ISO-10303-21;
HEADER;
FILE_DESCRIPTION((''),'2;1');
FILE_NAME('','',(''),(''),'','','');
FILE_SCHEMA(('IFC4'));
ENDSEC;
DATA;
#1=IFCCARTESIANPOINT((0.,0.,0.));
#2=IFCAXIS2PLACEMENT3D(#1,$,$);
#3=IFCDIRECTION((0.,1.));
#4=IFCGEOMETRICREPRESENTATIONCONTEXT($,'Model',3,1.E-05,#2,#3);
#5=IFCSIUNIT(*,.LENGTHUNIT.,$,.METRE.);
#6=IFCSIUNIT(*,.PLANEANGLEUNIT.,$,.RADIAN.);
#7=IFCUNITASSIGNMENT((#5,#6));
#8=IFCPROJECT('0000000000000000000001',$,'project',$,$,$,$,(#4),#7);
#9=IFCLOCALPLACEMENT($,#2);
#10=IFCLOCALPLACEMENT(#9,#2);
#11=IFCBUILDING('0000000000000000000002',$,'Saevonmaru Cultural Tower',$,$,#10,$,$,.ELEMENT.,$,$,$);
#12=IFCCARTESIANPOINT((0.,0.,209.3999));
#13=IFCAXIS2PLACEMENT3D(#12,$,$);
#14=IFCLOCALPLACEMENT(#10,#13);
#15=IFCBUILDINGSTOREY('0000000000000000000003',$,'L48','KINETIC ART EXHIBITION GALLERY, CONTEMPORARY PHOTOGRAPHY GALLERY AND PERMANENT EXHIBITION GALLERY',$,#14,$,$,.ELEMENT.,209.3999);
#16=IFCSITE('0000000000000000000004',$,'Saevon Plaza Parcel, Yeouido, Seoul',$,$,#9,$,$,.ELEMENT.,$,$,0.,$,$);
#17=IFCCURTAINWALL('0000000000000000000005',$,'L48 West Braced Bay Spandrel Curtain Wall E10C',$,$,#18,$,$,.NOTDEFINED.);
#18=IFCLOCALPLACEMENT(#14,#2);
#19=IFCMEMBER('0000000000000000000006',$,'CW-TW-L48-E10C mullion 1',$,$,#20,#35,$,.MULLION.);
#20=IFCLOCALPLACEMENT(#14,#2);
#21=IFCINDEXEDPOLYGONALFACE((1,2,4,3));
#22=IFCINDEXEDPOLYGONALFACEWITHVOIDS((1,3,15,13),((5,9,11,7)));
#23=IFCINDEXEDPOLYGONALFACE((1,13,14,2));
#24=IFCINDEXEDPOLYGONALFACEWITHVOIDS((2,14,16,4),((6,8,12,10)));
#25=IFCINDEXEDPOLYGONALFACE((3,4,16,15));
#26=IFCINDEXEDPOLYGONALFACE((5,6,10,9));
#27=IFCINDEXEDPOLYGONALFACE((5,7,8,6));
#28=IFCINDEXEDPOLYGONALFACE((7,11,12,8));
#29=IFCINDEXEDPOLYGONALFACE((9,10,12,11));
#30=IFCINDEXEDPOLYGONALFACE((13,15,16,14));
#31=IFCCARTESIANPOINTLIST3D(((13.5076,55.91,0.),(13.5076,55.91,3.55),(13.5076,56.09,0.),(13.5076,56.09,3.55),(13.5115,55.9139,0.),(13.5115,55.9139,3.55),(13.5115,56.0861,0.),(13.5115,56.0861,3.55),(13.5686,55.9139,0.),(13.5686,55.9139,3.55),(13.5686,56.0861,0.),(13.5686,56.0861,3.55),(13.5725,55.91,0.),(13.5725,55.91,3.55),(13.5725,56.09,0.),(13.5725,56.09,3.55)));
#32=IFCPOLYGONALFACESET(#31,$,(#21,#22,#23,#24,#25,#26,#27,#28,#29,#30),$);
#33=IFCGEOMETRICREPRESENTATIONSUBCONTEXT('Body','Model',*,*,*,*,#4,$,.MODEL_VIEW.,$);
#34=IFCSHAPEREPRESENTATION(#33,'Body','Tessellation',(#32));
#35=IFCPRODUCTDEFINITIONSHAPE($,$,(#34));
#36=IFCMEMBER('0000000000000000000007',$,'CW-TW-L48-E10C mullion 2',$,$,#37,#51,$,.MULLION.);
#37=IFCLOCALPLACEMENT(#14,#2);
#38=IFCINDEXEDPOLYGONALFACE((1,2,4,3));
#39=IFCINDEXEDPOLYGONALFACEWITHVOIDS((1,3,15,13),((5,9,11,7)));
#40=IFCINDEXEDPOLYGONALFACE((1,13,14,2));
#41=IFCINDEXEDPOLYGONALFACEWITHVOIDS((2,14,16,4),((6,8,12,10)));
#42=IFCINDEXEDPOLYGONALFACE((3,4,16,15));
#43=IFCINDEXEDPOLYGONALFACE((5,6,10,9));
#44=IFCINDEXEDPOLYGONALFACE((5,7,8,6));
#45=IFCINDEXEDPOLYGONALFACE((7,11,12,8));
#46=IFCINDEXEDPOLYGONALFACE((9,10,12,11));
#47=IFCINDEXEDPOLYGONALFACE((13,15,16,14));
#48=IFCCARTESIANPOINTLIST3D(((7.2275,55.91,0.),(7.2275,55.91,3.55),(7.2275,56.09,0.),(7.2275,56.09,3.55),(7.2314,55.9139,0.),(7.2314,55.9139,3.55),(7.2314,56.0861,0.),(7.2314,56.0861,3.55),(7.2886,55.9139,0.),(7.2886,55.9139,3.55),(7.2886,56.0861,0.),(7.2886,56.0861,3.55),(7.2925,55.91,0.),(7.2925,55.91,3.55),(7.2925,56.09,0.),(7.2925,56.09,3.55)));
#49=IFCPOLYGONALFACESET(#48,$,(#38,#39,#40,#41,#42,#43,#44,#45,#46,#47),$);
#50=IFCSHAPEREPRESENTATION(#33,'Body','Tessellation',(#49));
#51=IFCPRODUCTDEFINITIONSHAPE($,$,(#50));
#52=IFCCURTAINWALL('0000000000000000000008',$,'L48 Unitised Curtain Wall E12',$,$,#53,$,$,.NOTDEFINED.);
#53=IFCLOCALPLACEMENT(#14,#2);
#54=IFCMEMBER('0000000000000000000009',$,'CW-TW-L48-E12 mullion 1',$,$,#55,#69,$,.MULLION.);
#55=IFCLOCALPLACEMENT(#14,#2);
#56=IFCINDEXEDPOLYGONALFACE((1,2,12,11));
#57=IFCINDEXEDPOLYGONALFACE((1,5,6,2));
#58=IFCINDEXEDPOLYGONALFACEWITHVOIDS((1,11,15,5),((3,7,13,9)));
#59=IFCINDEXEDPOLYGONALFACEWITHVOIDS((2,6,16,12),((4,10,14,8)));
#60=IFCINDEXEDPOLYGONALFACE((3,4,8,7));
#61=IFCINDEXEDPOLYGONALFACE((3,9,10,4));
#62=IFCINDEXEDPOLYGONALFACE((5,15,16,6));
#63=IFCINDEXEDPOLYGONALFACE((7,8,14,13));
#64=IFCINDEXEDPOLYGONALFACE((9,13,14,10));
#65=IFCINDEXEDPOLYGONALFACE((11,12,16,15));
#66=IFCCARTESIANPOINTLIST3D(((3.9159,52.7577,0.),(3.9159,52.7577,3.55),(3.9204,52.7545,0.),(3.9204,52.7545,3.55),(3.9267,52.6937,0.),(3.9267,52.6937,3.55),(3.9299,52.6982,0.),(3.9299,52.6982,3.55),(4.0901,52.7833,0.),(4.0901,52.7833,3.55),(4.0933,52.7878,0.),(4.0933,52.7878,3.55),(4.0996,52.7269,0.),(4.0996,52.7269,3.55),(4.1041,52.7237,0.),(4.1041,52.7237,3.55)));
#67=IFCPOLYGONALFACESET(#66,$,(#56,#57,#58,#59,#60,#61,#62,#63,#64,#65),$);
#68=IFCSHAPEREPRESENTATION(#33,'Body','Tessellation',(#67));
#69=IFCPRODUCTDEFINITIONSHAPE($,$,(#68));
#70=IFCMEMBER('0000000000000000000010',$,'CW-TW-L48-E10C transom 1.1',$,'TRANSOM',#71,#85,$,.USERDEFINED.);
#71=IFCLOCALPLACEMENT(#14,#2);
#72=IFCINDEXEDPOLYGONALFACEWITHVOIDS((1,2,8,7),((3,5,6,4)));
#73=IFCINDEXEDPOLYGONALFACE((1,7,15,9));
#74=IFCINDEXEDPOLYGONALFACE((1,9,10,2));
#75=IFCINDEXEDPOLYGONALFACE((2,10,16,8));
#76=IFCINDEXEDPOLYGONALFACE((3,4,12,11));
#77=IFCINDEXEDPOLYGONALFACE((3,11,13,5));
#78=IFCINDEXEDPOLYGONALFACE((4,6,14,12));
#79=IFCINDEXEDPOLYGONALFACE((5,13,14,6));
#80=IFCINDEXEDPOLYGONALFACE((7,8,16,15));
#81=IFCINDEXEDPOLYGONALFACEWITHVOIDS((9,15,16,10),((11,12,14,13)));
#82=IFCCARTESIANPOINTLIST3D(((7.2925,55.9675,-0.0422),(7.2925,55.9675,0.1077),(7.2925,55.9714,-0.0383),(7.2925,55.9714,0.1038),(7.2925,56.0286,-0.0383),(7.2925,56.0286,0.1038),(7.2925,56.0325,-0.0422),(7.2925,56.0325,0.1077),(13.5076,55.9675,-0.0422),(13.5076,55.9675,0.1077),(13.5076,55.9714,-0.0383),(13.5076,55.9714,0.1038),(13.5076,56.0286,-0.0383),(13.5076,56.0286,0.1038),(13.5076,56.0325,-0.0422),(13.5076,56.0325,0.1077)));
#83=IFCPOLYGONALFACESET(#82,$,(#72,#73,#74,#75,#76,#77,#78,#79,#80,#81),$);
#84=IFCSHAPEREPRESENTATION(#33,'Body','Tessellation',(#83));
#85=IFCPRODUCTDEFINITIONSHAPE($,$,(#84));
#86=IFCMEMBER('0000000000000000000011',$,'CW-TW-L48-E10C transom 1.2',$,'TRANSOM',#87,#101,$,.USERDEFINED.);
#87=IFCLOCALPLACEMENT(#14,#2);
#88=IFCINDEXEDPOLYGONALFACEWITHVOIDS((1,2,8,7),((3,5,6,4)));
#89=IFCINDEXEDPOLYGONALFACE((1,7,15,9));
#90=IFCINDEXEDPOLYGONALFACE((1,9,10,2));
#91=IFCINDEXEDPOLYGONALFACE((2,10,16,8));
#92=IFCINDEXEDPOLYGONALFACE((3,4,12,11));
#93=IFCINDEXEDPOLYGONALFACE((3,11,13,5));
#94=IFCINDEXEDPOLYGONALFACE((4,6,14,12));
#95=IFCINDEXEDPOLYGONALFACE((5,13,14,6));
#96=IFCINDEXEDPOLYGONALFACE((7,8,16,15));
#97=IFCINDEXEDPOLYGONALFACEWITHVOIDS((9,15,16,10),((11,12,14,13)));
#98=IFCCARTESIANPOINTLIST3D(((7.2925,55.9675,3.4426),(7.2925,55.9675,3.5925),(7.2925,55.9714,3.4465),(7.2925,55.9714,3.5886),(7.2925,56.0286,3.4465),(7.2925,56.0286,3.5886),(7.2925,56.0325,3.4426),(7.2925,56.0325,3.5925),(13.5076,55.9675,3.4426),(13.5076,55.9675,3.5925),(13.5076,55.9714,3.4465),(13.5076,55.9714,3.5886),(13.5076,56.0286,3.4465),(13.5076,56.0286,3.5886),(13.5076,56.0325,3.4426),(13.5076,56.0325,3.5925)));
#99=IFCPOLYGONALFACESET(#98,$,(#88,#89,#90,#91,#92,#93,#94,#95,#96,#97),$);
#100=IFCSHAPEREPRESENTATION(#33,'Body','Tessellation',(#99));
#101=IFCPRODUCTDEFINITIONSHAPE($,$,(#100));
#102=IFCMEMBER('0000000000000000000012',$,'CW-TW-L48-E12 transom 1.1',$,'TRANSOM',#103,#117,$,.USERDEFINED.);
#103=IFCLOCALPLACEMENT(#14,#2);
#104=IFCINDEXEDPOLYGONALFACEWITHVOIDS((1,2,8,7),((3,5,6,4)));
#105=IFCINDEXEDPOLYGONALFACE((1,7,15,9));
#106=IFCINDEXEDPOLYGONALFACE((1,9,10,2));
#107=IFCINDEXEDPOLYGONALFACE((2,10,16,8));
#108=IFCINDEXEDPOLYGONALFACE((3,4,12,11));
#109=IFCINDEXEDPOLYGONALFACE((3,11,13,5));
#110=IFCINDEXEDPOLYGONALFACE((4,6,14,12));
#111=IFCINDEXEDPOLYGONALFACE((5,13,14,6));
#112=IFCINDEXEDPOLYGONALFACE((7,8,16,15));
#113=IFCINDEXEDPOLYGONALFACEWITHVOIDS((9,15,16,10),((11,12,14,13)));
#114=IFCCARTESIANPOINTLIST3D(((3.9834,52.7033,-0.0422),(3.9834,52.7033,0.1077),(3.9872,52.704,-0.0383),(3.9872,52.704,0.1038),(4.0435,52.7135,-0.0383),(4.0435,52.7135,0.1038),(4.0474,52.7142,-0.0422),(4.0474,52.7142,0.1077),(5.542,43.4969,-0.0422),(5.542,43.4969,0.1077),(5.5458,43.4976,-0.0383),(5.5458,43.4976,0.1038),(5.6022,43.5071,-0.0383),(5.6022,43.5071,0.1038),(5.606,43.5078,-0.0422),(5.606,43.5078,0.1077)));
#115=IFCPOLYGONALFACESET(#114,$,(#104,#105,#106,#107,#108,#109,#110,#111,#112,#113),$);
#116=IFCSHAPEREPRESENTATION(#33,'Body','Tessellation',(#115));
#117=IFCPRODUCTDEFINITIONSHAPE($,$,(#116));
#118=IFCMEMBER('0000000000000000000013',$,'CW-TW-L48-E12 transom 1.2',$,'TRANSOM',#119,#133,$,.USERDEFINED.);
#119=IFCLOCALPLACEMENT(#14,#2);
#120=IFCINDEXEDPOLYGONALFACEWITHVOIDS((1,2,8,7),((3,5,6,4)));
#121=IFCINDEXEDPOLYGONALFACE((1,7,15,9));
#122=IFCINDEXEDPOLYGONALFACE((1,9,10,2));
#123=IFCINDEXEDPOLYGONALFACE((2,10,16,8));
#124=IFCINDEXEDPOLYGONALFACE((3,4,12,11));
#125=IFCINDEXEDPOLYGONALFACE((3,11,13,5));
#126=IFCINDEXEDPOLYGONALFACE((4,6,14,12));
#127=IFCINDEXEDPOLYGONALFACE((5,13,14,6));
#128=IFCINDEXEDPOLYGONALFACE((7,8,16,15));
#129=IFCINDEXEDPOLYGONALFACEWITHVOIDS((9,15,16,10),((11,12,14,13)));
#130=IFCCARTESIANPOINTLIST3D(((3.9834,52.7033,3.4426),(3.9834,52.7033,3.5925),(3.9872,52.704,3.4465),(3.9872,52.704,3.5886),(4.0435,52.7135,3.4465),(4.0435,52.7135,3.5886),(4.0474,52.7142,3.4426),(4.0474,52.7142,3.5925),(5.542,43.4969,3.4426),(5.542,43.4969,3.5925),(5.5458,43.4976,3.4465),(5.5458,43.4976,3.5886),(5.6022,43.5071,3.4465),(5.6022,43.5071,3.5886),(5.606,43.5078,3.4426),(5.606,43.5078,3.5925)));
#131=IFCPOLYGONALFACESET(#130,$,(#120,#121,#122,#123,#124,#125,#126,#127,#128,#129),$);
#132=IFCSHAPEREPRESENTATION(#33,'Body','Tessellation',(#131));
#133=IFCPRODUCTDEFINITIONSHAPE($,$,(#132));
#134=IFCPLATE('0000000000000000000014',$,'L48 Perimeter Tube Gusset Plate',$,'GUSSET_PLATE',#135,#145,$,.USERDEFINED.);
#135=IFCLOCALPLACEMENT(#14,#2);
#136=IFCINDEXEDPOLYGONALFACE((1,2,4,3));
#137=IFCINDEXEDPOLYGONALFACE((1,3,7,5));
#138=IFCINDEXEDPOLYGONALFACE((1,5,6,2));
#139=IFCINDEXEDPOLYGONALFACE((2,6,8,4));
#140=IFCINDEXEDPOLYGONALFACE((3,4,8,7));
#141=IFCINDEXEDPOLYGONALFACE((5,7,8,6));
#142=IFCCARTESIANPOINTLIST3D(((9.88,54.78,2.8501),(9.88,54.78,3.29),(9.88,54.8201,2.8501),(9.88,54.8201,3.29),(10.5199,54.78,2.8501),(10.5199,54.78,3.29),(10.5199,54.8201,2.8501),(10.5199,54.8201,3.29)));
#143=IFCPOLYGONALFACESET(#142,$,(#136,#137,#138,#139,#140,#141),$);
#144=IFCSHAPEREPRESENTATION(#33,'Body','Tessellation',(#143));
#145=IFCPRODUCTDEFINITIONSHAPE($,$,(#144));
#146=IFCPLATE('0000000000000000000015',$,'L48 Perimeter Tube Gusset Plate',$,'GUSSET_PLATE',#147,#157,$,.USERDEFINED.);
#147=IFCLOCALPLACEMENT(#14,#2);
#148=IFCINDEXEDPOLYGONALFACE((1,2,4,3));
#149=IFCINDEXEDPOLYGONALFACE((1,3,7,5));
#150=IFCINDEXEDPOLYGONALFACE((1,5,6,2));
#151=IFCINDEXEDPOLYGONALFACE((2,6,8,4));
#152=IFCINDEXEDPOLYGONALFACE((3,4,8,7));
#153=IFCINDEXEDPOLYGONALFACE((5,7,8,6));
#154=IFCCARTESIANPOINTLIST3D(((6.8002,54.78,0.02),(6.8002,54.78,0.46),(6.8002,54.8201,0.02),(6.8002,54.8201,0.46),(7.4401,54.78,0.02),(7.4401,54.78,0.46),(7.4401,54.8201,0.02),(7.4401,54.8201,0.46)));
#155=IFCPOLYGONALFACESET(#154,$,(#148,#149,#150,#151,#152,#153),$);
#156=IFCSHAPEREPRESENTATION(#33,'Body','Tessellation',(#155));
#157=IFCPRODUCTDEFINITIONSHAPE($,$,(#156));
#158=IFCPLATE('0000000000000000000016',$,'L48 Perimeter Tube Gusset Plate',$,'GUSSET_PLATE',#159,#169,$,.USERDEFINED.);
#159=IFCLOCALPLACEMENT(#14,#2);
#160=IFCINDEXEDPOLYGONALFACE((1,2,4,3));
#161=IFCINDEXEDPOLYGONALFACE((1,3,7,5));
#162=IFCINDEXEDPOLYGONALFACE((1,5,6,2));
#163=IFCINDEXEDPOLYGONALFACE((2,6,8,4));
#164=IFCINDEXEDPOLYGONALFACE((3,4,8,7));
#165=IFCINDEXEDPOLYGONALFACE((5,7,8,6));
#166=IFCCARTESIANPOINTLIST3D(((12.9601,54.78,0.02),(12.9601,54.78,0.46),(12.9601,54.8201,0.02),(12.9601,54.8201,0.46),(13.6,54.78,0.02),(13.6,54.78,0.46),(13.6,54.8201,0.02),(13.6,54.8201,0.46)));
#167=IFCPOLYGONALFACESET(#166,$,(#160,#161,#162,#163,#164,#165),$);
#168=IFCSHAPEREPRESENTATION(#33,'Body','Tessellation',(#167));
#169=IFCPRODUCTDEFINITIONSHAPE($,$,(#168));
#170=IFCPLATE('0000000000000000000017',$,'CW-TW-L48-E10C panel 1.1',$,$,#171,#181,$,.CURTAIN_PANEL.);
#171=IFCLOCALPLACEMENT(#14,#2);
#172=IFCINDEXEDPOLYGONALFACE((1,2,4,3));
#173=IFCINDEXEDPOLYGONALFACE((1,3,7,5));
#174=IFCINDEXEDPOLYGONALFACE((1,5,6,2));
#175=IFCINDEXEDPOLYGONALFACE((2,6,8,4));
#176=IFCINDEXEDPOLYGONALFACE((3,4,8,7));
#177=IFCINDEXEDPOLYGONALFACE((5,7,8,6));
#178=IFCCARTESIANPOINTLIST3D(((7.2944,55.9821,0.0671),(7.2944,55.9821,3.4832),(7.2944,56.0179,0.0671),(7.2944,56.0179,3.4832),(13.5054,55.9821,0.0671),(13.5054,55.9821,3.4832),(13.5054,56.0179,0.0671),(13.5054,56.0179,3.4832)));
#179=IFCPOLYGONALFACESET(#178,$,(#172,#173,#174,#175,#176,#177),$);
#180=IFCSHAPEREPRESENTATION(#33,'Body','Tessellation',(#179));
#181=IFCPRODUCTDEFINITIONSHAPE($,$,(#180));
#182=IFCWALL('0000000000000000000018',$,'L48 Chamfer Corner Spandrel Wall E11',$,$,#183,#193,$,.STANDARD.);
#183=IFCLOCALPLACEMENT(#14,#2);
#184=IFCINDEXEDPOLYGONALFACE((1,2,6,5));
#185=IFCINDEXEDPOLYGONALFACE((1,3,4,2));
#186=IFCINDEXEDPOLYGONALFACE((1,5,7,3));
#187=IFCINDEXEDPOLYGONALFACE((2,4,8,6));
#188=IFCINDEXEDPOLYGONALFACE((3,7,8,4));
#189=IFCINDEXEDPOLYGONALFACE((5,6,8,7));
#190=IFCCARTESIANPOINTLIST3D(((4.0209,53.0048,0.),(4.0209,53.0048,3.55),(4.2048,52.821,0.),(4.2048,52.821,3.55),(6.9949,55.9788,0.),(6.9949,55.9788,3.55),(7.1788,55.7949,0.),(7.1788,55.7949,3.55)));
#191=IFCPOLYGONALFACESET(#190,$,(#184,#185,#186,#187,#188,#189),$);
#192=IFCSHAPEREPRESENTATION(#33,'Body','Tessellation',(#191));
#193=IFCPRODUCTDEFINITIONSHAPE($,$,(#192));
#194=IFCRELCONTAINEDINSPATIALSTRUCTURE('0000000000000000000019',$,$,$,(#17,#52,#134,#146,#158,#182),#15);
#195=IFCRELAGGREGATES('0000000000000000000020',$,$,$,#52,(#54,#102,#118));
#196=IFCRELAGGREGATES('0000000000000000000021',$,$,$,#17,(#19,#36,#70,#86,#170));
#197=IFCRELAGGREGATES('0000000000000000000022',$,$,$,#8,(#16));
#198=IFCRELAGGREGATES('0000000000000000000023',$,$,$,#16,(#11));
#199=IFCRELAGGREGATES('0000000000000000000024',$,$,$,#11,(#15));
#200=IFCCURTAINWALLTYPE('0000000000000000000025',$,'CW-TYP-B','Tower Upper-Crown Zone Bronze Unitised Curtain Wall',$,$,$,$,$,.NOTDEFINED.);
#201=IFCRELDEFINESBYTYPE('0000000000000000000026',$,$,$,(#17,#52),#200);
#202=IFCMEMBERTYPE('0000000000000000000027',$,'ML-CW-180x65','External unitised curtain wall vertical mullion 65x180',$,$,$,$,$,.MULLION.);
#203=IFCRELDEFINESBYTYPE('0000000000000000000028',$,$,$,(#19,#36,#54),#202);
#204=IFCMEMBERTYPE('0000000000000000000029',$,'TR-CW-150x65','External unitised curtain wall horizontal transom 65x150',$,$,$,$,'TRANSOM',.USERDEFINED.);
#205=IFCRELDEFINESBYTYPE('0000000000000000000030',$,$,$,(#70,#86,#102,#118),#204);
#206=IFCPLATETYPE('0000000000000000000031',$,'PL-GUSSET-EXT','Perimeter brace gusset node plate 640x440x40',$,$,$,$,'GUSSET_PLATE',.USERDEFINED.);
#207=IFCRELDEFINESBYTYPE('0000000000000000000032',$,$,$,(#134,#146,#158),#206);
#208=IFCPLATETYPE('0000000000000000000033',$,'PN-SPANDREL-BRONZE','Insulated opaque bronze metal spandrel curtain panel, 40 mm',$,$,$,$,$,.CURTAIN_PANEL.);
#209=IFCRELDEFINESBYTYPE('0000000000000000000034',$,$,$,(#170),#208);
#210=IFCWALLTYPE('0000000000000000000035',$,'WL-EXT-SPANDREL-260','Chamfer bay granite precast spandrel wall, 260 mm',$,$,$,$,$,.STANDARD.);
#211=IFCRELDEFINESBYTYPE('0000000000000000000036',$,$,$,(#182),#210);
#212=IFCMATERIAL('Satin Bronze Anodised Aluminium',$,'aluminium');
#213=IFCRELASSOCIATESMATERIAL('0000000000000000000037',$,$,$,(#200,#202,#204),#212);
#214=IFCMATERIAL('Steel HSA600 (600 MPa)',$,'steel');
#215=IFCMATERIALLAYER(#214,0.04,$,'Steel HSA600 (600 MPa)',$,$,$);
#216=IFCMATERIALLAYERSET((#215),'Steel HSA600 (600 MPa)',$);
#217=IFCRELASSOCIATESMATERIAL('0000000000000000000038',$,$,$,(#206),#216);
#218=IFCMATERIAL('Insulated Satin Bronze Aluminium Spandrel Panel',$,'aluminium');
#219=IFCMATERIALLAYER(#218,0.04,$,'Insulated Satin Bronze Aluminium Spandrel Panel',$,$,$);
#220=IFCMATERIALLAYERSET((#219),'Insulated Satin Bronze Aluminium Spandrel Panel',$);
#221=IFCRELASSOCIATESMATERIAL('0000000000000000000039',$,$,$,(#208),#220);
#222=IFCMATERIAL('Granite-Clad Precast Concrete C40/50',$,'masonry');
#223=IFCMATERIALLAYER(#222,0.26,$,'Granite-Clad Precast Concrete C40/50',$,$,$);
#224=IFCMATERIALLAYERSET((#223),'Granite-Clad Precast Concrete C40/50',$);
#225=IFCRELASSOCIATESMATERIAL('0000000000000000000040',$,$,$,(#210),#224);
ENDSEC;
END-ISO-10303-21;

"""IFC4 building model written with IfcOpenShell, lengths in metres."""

from ifc_helpers import new_model, si_unit, direction, frame, frame_2d, origin, origin_2d, place, context, subcontext, project, spatial, rectangle, hollow_rectangle, extrude, material, layer, layer_set, material_profile, profile_set, type_object, element, aggregate, save


model = new_model("IFC4")

# Units and contexts
model_context = context("Model", 3, precision=1e-05, world=origin(), true_north=direction((0.0, 1.0)))
body_context = subcontext(model_context, "Body", "Model", "MODEL_VIEW")
ifc_project = project(units=[si_unit("LENGTHUNIT", "METRE"), si_unit("PLANEANGLEUNIT", "RADIAN")], contexts=[model_context])

# Site, building, storey
site_placement = place(None, origin())
site = spatial("IfcSite", under=ifc_project, at=site_placement, Name="Saevon Plaza Parcel, Yeouido, Seoul", CompositionType="ELEMENT", RefElevation=0.0)
building_placement = place(site_placement, origin())
building = spatial("IfcBuilding", under=site, at=building_placement, Name="Saevonmaru Cultural Tower", CompositionType="ELEMENT")
storey_placement = place(building_placement, frame((0.0, 0.0, 209.3999)))
storey = spatial("IfcBuildingStorey", under=building, at=storey_placement, Name="L48", Description="KINETIC ART EXHIBITION GALLERY, CONTEMPORARY PHOTOGRAPHY GALLERY AND PERMANENT EXHIBITION GALLERY", CompositionType="ELEMENT", Elevation=209.3999)

# Curtain wall, members
ifc_material_1 = material(Name="Satin Bronze Anodised Aluminium", Category="aluminium")
curtain_wall_type = type_object("IfcCurtainWallType", Name="CW-TYP-B", Description="Tower Upper-Crown Zone Bronze Unitised Curtain Wall", PredefinedType="NOTDEFINED", material=ifc_material_1)
curtain_wall_1_placement = place(storey_placement, origin())
curtain_wall_1 = element("IfcCurtainWall", 1, at=curtain_wall_1_placement, inside=storey, type_object=curtain_wall_type, Name="L48 West Braced Bay Spandrel Curtain Wall E10C", PredefinedType="NOTDEFINED")
ifc_material_profile_1 = material_profile(ifc_material_1, hollow_rectangle(XDim=0.0649, YDim=0.1799, WallThickness=0.0039, at=origin_2d()), Name="ALU-MULL-180x65x4")
ifc_profile_set_1 = profile_set([ifc_material_profile_1], Name="Satin Bronze Anodised Aluminium")
member_type_1 = type_object("IfcMemberType", Name="ML-CW-180x65", Description="External unitised curtain wall vertical mullion 65x180", PredefinedType="MULLION", material=ifc_profile_set_1)
member_1_placement = place(storey_placement, frame((13.54, 56.0, 0.0), z_axis=(0.0, 0.0, 1.0), x_axis=(-1.0, 0.0, 0.0)))
member_1 = element("IfcMember", 2, at=member_1_placement, type_object=member_type_1, Name="CW-TW-L48-E10C mullion 1", PredefinedType="MULLION", context=body_context, shape_type="SweptSolid", body=[
    extrude(hollow_rectangle(XDim=0.0649, YDim=0.1799, WallThickness=0.0039, at=origin_2d()), origin(), (0.0, 0.0, 1.0), 3.55),
])
member_2_placement = place(storey_placement, frame((7.26, 56.0, 0.0), z_axis=(0.0, 0.0, 1.0), x_axis=(-1.0, 0.0, 0.0)))
member_2 = element("IfcMember", 3, at=member_2_placement, type_object=member_type_1, Name="CW-TW-L48-E10C mullion 2", PredefinedType="MULLION", context=body_context, shape_type="SweptSolid", body=[
    extrude(hollow_rectangle(XDim=0.0649, YDim=0.1799, WallThickness=0.0039, at=origin_2d()), origin(), (0.0, 0.0, 1.0), 3.55),
])

# Curtain wall, member
curtain_wall_2_placement = place(storey_placement, origin())
curtain_wall_2 = element("IfcCurtainWall", 4, at=curtain_wall_2_placement, inside=storey, type_object=curtain_wall_type, Name="L48 Unitised Curtain Wall E12", PredefinedType="NOTDEFINED")
member_3_placement = place(storey_placement, frame((4.01, 52.7407, 0.0), z_axis=(0.0, 0.0, 1.0), x_axis=(0.166922, -0.98597, 0.0)))
member_3 = element("IfcMember", 5, at=member_3_placement, type_object=member_type_1, Name="CW-TW-L48-E12 mullion 1", PredefinedType="MULLION", context=body_context, shape_type="SweptSolid", body=[
    extrude(hollow_rectangle(XDim=0.0649, YDim=0.1799, WallThickness=0.0039, at=origin_2d()), origin(), (0.0, 0.0, 1.0), 3.55),
])

# Members
ifc_material_profile_2 = material_profile(ifc_material_1, hollow_rectangle(XDim=0.0649, YDim=0.1499, WallThickness=0.0039, at=origin_2d()), Name="ALU-TRAN-150x65x4")
ifc_profile_set_2 = profile_set([ifc_material_profile_2], Name="Satin Bronze Anodised Aluminium")
member_type_2 = type_object("IfcMemberType", Name="TR-CW-150x65", Description="External unitised curtain wall horizontal transom 65x150", ElementType="TRANSOM", PredefinedType="USERDEFINED", material=ifc_profile_set_2)
member_4_placement = place(storey_placement, frame((13.5076, 56.0, 0.0327), z_axis=(-1.0, 0.0, 0.0), x_axis=(0.0, -1.0, 0.0)))
member_4 = element("IfcMember", 6, at=member_4_placement, type_object=member_type_2, Name="CW-TW-L48-E10C transom 1.1", ObjectType="TRANSOM", PredefinedType="USERDEFINED", context=body_context, shape_type="SweptSolid", body=[
    extrude(hollow_rectangle(XDim=0.0649, YDim=0.1499, WallThickness=0.0039, at=origin_2d()), origin(), (0.0, 0.0, 1.0), 6.2151),
])
member_5_placement = place(storey_placement, frame((13.5076, 56.0, 3.5176), z_axis=(-1.0, 0.0, 0.0), x_axis=(0.0, -1.0, 0.0)))
member_5 = element("IfcMember", 7, at=member_5_placement, type_object=member_type_2, Name="CW-TW-L48-E10C transom 1.2", ObjectType="TRANSOM", PredefinedType="USERDEFINED", context=body_context, shape_type="SweptSolid", body=[
    extrude(hollow_rectangle(XDim=0.0649, YDim=0.1499, WallThickness=0.0039, at=origin_2d()), origin(), (0.0, 0.0, 1.0), 6.2151),
])
member_6_placement = place(storey_placement, frame((4.0154, 52.7087, 0.0327), z_axis=(0.166921, -0.98597, 0.0), x_axis=(0.98597, 0.166921, 0.0)))
member_6 = element("IfcMember", 8, at=member_6_placement, type_object=member_type_2, Name="CW-TW-L48-E12 transom 1.1", ObjectType="TRANSOM", PredefinedType="USERDEFINED", context=body_context, shape_type="SweptSolid", body=[
    extrude(hollow_rectangle(XDim=0.0649, YDim=0.1499, WallThickness=0.0039, at=origin_2d()), origin(), (0.0, 0.0, 1.0), 9.3374),
])
member_7_placement = place(storey_placement, frame((4.0154, 52.7087, 3.5176), z_axis=(0.166921, -0.98597, 0.0), x_axis=(0.98597, 0.166921, 0.0)))
member_7 = element("IfcMember", 9, at=member_7_placement, type_object=member_type_2, Name="CW-TW-L48-E12 transom 1.2", ObjectType="TRANSOM", PredefinedType="USERDEFINED", context=body_context, shape_type="SweptSolid", body=[
    extrude(hollow_rectangle(XDim=0.0649, YDim=0.1499, WallThickness=0.0039, at=origin_2d()), origin(), (0.0, 0.0, 1.0), 9.3374),
])
aggregate(curtain_wall_2, [member_3, member_6, member_7])

# Plates
ifc_material_2 = material(Name="Steel HSA600 (600 MPa)", Category="steel")
ifc_layer_1 = layer(ifc_material_2, 0.04, Name="Steel HSA600 (600 MPa)")
ifc_layer_set_1 = layer_set([ifc_layer_1], Name="Steel HSA600 (600 MPa)")
plate_type_1 = type_object("IfcPlateType", Name="PL-GUSSET-EXT", Description="Perimeter brace gusset node plate 640x440x40", ElementType="GUSSET_PLATE", PredefinedType="USERDEFINED", material=ifc_layer_set_1)
for number, where, z_axis, x_axis, name in (
    (10, (10.2, 54.8, 2.8501), (0.0, 0.0, 1.0), (1.0, 0.0, 0.0), "L48 Perimeter Tube Gusset Plate"),
    (11, (7.1201, 54.8, 0.02), (0.0, 0.0, 1.0), (1.0, 0.0, 0.0), "L48 Perimeter Tube Gusset Plate"),
    (12, (13.28, 54.8, 0.02), (0.0, 0.0, 1.0), (1.0, 0.0, 0.0), "L48 Perimeter Tube Gusset Plate"),
):
    element("IfcPlate", number, at=place(storey_placement, frame(where, z_axis=z_axis, x_axis=x_axis)), inside=storey, type_object=plate_type_1, Name=name, ObjectType="GUSSET_PLATE", PredefinedType="USERDEFINED", context=body_context, shape_type="SweptSolid", body=[
        extrude(rectangle(XDim=0.6399, YDim=0.04, at=origin_2d()), origin(), (0.0, 0.0, 1.0), 0.4399),
    ])

# Plate
ifc_material_3 = material(Name="Insulated Satin Bronze Aluminium Spandrel Panel", Category="aluminium")
ifc_layer_2 = layer(ifc_material_3, 0.04, Name="Insulated Satin Bronze Aluminium Spandrel Panel")
ifc_layer_set_2 = layer_set([ifc_layer_2], Name="Insulated Satin Bronze Aluminium Spandrel Panel")
plate_type_2 = type_object("IfcPlateType", Name="PN-SPANDREL-BRONZE", Description="Insulated opaque bronze metal spandrel curtain panel, 40 mm", PredefinedType="CURTAIN_PANEL", material=ifc_layer_set_2)
plate_placement = place(storey_placement, frame((10.3999, 56.0, 0.0671), z_axis=(0.0, 0.0, 1.0), x_axis=(-1.0, 0.0, 0.0)))
plate = element("IfcPlate", 13, at=plate_placement, type_object=plate_type_2, Name="CW-TW-L48-E10C panel 1.1", PredefinedType="CURTAIN_PANEL", context=body_context, shape_type="SweptSolid", body=[
    extrude(rectangle(XDim=6.2109, YDim=0.0359, at=origin_2d()), origin(), (0.0, 0.0, 1.0), 3.416),
])
aggregate(curtain_wall_1, [member_1, member_2, member_4, member_5, plate])

# Wall
ifc_material_4 = material(Name="Granite-Clad Precast Concrete C40/50", Category="masonry")
ifc_layer_3 = layer(ifc_material_4, 0.26, Name="Granite-Clad Precast Concrete C40/50")
ifc_layer_set_3 = layer_set([ifc_layer_3], Name="Granite-Clad Precast Concrete C40/50")
wall_type_1 = type_object("IfcWallType", Name="WL-EXT-SPANDREL-260", Description="Chamfer bay granite precast spandrel wall, 260 mm", PredefinedType="STANDARD", material=ifc_layer_set_3)
wall_1_placement = place(storey_placement, frame((7.0869, 55.887, 0.0), z_axis=(0.0, 0.0, 1.0), x_axis=(-0.707107, -0.707107, 0.0)))
element("IfcWall", 14, at=wall_1_placement, inside=storey, type_object=wall_type_1, Name="L48 Chamfer Corner Spandrel Wall E11", PredefinedType="STANDARD", context=body_context, shape_type="SweptSolid", body=[
    extrude(rectangle(XDim=4.2058, YDim=0.26, at=frame_2d((2.103, 0.0))), origin(), (0.0, 0.0, 1.0), 3.55),
])

save(model, "model.ifc")
